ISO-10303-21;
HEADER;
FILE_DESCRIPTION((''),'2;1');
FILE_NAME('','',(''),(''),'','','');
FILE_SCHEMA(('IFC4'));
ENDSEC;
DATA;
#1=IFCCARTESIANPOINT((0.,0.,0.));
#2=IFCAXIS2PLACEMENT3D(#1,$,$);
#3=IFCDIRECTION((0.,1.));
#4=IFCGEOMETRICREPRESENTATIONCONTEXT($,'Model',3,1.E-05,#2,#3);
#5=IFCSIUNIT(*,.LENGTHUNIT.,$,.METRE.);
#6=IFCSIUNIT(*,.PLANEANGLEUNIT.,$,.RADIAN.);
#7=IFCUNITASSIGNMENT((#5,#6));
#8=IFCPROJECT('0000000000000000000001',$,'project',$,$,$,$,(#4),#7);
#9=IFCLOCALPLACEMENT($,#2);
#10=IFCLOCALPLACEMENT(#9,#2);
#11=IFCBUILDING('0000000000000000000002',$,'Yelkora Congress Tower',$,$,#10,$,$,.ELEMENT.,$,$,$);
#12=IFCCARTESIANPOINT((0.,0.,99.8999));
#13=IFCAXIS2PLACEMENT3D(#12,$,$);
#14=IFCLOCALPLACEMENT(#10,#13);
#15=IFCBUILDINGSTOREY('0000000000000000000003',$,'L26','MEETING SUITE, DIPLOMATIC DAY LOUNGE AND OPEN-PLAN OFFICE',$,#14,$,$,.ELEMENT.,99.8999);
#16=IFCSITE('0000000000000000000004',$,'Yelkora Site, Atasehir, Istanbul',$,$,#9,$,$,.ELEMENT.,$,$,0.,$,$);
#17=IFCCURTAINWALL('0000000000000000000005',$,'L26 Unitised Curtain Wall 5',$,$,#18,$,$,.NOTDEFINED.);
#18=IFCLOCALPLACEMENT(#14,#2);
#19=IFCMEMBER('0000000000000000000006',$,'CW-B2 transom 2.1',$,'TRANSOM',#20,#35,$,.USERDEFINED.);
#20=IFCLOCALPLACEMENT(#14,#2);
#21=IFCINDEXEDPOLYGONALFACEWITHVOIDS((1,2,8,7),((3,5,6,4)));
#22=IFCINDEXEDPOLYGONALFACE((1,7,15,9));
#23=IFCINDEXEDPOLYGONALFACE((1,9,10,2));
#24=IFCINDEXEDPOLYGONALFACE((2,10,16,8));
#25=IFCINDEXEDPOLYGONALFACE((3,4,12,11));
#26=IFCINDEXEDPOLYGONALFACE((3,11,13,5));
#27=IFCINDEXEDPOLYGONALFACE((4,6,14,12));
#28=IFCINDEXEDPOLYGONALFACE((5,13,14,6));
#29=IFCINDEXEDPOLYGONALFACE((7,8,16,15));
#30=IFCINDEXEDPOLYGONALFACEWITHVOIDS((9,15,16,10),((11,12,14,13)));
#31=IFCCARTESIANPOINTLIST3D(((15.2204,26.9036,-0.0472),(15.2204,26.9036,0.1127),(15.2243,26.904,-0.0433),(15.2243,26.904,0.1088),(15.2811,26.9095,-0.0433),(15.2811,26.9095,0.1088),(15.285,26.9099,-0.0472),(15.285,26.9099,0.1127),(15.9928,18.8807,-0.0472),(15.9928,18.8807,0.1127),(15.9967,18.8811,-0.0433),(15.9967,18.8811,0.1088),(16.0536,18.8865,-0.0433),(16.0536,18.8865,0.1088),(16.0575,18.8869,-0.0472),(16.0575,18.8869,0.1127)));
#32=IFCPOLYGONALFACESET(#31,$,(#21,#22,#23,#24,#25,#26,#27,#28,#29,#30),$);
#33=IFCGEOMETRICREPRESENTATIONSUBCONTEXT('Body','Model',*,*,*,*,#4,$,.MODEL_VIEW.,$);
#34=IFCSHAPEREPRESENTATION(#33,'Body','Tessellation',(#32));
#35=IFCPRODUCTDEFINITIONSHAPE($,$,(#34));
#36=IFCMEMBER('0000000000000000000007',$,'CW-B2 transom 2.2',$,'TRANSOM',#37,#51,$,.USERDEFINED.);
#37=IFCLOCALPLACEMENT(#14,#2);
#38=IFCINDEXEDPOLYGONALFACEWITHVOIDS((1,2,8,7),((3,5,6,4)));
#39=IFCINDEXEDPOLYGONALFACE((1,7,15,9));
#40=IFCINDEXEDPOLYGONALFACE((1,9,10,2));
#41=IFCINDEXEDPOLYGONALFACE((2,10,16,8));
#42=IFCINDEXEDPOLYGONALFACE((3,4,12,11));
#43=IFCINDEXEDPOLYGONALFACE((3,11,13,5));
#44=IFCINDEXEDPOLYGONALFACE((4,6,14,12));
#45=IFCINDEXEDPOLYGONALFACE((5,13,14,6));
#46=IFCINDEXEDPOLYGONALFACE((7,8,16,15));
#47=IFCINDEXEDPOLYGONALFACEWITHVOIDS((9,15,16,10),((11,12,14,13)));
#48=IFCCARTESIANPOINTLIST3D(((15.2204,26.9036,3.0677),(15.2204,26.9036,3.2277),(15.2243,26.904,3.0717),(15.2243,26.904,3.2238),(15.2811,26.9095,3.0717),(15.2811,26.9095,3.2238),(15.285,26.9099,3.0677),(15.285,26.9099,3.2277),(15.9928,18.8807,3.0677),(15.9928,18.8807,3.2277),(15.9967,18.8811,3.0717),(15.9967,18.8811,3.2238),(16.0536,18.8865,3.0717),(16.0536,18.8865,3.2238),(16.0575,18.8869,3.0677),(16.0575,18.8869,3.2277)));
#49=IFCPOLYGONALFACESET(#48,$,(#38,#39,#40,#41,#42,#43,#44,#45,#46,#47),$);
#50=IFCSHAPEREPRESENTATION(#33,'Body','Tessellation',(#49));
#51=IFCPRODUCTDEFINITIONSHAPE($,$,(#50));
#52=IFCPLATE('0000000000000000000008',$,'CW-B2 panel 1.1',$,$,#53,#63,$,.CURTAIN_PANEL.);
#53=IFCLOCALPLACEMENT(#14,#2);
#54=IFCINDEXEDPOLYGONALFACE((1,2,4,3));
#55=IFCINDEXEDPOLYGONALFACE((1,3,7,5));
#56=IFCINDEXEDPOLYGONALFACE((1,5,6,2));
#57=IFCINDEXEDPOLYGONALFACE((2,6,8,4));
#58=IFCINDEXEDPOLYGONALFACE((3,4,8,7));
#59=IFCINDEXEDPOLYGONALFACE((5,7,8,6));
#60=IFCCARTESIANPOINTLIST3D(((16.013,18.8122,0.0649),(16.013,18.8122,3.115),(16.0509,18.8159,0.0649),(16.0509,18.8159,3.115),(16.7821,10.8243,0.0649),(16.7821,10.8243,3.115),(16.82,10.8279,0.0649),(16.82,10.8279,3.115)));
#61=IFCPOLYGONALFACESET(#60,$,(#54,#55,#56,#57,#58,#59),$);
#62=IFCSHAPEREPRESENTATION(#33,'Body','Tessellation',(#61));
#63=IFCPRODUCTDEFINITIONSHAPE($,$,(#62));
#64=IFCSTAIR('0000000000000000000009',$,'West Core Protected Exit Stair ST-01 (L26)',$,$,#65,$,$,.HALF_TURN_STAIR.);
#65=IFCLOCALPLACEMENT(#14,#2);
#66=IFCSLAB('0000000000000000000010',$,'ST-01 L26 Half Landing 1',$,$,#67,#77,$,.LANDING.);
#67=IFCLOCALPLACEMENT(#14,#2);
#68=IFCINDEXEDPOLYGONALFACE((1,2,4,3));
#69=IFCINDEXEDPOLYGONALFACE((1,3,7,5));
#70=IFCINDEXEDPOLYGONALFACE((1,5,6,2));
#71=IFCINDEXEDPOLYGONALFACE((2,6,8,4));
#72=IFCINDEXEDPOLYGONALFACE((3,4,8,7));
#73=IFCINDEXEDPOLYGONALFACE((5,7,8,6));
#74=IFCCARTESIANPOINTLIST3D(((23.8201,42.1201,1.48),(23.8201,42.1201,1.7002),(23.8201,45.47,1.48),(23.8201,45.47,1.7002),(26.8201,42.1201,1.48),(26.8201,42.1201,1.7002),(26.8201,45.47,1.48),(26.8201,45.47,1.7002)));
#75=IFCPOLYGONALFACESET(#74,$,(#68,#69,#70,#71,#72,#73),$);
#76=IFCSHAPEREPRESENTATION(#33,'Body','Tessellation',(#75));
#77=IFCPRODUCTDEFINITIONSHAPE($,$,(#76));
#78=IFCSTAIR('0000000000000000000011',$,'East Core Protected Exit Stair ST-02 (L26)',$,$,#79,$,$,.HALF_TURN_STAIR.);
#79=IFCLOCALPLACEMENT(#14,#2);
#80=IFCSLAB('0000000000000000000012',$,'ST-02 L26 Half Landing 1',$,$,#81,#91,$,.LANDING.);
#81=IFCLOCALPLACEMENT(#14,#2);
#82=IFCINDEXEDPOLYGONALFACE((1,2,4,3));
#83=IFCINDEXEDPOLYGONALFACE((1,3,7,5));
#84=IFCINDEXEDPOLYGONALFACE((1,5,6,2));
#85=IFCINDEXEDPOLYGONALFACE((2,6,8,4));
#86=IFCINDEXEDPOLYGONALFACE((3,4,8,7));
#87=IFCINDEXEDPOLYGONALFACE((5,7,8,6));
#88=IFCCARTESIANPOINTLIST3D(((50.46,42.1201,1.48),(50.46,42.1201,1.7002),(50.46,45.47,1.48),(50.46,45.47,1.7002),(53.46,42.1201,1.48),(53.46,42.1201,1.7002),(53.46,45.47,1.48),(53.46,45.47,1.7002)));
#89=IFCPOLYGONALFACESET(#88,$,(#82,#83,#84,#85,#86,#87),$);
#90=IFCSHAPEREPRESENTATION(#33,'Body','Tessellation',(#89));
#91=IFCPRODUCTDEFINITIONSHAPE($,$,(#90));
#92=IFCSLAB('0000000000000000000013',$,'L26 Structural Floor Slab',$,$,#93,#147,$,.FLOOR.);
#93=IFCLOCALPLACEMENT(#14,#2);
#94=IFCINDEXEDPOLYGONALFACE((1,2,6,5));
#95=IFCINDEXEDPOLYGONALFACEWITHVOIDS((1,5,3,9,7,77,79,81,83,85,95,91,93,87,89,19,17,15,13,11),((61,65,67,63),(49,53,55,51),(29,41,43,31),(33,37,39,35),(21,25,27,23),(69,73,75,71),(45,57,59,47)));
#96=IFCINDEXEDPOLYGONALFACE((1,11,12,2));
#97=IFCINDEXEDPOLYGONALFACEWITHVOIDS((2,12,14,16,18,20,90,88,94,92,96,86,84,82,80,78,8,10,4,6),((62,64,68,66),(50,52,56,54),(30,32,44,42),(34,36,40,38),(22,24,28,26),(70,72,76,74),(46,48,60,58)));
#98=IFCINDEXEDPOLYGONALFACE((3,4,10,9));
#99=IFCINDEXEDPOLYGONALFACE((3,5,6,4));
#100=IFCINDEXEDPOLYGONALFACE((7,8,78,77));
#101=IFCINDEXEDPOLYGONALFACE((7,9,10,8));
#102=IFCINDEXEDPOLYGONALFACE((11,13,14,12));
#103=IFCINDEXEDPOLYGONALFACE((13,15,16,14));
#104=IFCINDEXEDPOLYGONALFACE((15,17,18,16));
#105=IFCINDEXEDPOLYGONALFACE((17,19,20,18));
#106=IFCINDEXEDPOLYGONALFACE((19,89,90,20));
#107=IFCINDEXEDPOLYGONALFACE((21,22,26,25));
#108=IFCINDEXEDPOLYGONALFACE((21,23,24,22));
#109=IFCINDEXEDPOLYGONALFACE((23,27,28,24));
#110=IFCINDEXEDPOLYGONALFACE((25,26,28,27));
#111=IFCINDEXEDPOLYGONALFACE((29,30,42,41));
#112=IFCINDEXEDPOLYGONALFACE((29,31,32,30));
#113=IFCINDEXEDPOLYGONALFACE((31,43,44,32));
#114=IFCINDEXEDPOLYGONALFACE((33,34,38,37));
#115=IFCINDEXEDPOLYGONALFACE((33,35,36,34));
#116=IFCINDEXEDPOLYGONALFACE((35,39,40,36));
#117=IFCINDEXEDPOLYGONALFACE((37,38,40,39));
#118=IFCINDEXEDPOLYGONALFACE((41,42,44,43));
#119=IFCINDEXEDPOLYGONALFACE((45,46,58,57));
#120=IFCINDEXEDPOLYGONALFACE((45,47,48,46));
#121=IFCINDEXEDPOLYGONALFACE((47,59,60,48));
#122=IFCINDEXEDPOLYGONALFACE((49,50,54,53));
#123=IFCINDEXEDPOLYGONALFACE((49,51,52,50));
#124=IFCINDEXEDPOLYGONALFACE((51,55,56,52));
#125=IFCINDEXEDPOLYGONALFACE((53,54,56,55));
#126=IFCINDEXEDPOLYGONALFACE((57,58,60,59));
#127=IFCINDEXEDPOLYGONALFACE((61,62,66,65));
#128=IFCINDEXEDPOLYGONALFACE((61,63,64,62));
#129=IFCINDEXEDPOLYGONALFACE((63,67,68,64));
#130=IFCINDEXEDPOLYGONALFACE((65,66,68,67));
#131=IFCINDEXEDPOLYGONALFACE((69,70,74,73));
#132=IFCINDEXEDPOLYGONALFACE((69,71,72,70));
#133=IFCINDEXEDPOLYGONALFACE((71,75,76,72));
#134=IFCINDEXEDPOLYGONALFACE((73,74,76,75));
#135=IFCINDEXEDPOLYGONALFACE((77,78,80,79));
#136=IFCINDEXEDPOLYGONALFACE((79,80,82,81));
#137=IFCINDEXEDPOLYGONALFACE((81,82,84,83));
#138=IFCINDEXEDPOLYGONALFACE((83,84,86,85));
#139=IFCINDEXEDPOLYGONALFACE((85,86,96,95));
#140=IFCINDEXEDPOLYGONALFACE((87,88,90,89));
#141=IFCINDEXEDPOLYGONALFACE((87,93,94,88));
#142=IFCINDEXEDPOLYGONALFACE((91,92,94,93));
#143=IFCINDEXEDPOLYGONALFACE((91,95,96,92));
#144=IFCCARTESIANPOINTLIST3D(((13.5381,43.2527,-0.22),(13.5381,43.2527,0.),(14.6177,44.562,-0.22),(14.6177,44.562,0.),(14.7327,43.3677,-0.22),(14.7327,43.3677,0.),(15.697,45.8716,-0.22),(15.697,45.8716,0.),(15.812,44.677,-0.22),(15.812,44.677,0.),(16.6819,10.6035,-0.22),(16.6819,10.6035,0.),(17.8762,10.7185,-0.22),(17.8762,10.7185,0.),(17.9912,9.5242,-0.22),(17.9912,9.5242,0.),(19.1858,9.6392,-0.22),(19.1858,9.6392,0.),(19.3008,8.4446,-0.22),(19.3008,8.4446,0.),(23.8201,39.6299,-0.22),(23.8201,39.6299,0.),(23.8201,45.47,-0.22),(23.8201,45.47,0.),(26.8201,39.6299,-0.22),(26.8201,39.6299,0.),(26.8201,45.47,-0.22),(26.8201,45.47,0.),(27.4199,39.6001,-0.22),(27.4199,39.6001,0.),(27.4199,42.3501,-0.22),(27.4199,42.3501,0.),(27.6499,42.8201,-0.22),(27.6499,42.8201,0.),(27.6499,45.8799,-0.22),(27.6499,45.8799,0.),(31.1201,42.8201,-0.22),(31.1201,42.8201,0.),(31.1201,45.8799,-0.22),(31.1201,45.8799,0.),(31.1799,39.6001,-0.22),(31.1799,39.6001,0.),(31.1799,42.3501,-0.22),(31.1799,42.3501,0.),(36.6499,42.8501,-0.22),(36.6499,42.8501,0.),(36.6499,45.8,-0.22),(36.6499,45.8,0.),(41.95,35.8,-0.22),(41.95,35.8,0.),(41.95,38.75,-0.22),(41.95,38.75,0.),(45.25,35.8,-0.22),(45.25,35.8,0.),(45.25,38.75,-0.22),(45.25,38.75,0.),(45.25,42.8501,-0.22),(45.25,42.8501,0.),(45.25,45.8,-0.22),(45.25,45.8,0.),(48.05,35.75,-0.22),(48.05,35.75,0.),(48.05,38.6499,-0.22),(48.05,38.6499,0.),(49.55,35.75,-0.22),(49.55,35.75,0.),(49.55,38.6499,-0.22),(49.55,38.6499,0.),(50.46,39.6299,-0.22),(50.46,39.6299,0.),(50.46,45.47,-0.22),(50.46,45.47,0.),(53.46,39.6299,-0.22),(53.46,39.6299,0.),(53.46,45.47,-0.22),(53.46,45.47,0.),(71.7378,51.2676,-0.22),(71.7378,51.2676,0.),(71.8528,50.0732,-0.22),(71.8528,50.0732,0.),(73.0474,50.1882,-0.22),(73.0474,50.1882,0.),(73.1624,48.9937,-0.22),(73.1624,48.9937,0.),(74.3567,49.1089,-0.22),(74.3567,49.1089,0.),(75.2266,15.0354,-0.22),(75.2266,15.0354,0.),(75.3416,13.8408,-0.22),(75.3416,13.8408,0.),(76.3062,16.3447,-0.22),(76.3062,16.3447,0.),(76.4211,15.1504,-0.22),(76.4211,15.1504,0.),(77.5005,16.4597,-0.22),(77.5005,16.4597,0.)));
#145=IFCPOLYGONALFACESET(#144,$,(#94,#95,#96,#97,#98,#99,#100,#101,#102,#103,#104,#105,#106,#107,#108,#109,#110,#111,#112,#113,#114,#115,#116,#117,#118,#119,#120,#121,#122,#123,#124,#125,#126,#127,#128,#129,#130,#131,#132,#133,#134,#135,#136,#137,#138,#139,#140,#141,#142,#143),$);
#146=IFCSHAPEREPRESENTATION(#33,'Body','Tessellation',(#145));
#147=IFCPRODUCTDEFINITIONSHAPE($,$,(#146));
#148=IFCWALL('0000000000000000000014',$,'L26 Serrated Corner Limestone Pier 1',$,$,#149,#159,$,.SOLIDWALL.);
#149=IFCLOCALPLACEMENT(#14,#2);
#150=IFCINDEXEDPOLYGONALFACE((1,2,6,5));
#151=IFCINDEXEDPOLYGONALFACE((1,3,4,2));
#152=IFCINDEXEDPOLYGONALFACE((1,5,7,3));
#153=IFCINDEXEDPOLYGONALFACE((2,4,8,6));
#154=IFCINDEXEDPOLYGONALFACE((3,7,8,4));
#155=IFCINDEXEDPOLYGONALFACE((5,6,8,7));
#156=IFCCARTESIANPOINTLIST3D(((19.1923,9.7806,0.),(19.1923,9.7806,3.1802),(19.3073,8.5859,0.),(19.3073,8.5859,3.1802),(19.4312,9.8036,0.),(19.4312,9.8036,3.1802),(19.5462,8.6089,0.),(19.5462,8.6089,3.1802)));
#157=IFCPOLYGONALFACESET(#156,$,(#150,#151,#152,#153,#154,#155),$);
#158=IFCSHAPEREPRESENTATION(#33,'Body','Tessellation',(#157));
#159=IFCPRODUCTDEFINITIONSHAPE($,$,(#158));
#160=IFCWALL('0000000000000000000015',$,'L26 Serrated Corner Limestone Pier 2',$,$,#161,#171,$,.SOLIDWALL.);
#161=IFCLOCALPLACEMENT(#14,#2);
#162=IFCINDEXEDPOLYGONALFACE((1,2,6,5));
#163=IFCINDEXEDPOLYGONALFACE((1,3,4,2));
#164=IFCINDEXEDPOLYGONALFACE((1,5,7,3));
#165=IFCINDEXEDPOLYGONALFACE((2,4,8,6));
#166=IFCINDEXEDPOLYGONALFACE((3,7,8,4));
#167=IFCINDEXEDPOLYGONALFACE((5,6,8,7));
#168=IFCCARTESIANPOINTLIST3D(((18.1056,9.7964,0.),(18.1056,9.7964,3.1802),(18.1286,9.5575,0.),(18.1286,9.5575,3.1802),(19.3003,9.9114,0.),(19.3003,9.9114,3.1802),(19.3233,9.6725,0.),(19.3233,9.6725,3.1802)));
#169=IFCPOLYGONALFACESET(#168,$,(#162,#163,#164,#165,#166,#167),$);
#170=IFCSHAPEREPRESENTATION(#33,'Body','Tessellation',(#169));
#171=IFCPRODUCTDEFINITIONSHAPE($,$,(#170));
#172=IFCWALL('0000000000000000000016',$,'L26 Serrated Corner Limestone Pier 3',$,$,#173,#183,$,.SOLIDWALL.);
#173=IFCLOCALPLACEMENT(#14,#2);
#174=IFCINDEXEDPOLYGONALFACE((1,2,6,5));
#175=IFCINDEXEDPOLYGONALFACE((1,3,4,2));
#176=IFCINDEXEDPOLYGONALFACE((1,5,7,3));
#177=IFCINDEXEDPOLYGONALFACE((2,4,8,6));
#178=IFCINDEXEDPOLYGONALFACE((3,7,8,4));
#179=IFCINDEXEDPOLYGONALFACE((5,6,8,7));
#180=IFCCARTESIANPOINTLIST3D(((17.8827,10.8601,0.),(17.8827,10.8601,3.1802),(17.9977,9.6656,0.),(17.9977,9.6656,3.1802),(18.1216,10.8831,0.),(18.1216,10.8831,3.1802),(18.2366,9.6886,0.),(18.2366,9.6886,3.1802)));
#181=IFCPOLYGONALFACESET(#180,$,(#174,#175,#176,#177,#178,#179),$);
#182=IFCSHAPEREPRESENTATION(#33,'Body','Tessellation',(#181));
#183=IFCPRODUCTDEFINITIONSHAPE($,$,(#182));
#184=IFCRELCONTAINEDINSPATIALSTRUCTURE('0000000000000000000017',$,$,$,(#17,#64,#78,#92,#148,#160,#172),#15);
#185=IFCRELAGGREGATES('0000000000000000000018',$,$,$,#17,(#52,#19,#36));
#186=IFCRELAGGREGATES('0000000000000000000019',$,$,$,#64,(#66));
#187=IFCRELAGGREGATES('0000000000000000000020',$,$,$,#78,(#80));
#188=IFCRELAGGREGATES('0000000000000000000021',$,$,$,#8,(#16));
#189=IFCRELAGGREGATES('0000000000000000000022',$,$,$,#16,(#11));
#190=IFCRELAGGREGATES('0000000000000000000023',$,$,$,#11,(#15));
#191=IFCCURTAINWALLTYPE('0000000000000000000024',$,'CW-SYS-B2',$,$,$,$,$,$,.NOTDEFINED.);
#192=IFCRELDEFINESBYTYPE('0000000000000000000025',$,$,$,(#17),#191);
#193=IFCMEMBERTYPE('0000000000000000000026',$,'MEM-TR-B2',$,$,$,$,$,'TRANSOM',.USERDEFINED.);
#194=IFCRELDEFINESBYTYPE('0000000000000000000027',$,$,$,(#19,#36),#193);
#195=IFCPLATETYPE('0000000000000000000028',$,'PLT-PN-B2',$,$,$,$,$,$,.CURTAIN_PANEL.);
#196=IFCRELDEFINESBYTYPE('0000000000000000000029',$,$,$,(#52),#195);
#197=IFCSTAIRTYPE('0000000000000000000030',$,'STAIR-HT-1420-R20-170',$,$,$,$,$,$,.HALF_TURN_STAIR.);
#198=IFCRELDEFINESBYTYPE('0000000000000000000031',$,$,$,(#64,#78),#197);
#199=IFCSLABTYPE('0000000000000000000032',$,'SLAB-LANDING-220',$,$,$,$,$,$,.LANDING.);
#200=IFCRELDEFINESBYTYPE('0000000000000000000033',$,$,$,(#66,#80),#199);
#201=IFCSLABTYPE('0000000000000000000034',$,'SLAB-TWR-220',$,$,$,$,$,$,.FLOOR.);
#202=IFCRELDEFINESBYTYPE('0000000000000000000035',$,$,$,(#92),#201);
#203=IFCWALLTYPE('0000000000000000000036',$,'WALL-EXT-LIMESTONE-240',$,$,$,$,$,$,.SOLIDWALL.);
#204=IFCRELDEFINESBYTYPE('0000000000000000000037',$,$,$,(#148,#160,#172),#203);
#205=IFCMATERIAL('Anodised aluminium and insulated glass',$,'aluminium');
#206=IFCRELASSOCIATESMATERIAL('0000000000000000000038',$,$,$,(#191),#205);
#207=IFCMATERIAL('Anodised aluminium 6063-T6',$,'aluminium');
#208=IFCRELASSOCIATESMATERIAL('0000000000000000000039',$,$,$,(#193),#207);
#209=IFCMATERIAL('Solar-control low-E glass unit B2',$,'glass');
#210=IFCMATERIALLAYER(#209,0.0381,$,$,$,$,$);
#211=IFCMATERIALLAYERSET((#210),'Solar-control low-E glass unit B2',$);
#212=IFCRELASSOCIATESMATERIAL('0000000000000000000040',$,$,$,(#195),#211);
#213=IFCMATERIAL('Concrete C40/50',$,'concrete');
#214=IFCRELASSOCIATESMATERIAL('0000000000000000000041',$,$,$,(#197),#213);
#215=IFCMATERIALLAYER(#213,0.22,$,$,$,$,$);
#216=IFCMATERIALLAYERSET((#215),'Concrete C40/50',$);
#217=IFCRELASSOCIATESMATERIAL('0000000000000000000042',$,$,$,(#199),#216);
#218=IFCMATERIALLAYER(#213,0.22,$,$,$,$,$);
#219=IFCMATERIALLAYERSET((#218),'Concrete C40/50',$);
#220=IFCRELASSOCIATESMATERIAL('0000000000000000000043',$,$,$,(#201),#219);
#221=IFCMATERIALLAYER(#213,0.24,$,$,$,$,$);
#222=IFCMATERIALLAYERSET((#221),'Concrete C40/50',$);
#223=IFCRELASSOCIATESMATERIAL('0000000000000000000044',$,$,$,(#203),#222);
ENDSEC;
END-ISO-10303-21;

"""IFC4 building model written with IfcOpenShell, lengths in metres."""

from ifc_helpers import new_model, si_unit, direction, frame, frame_2d, origin, origin_2d, place, context, subcontext, project, spatial, polyline, rectangle, hollow_rectangle, outline, extrude, material, layer, layer_set, material_profile, profile_set, type_object, element, aggregate, save


model = new_model("IFC4")

# Units and contexts
model_context = context("Model", 3, precision=1e-05, world=origin(), true_north=direction((0.0, 1.0)))
body_context = subcontext(model_context, "Body", "Model", "MODEL_VIEW")
ifc_project = project(units=[si_unit("LENGTHUNIT", "METRE"), si_unit("PLANEANGLEUNIT", "RADIAN")], contexts=[model_context])

# Site, building, storey
site_placement = place(None, origin())
site = spatial("IfcSite", under=ifc_project, at=site_placement, Name="Yelkora Site, Atasehir, Istanbul", CompositionType="ELEMENT", RefElevation=0.0)
building_placement = place(site_placement, origin())
building = spatial("IfcBuilding", under=site, at=building_placement, Name="Yelkora Congress Tower", CompositionType="ELEMENT")
storey_placement = place(building_placement, frame((0.0, 0.0, 99.8999)))
storey = spatial("IfcBuildingStorey", under=building, at=storey_placement, Name="L26", Description="MEETING SUITE, DIPLOMATIC DAY LOUNGE AND OPEN-PLAN OFFICE", CompositionType="ELEMENT", Elevation=99.8999)

# Curtain wall
ifc_material_1 = material(Name="Anodised aluminium and insulated glass", Category="aluminium")
curtain_wall_type = type_object("IfcCurtainWallType", Name="CW-SYS-B2", PredefinedType="NOTDEFINED", material=ifc_material_1)
curtain_wall_1_placement = place(storey_placement, origin())
curtain_wall_1 = element("IfcCurtainWall", 1, at=curtain_wall_1_placement, inside=storey, type_object=curtain_wall_type, Name="L26 Unitised Curtain Wall 5", PredefinedType="NOTDEFINED")
ifc_material_2 = material(Name="Anodised aluminium 6063-T6", Category="aluminium")

# Members
ifc_material_profile_1 = material_profile(ifc_material_2, hollow_rectangle(XDim=0.0649, YDim=0.1599, WallThickness=0.0039, at=origin_2d()), Name="ALU 65x160x4")
ifc_profile_set_1 = profile_set([ifc_material_profile_1], Name="Anodised aluminium 6063-T6")
member_type_1 = type_object("IfcMemberType", Name="MEM-TR-B2", ElementType="TRANSOM", PredefinedType="USERDEFINED", material=ifc_profile_set_1)
member_1_placement = place(storey_placement, frame((16.0251, 18.8838, 0.0327), z_axis=(-0.095838, 0.995397, 0.0), x_axis=(-0.995397, -0.095838, 0.0)))
member_1 = element("IfcMember", 2, at=member_1_placement, type_object=member_type_1, Name="CW-B2 transom 2.1", ObjectType="TRANSOM", PredefinedType="USERDEFINED", context=body_context, shape_type="SweptSolid", body=[
    extrude(hollow_rectangle(XDim=0.0649, YDim=0.1599, WallThickness=0.0039, at=origin_2d()), origin(), (0.0, 0.0, 1.0), 8.0601),
])
member_2_placement = place(storey_placement, frame((16.0251, 18.8838, 3.1477), z_axis=(-0.095838, 0.995397, 0.0), x_axis=(-0.995397, -0.095838, 0.0)))
member_2 = element("IfcMember", 3, at=member_2_placement, type_object=member_type_1, Name="CW-B2 transom 2.2", ObjectType="TRANSOM", PredefinedType="USERDEFINED", context=body_context, shape_type="SweptSolid", body=[
    extrude(hollow_rectangle(XDim=0.0649, YDim=0.1599, WallThickness=0.0039, at=origin_2d()), origin(), (0.0, 0.0, 1.0), 8.0601),
])

# Plate
ifc_material_3 = material(Name="Solar-control low-E glass unit B2", Category="glass")
ifc_layer_1 = layer(ifc_material_3, 0.0381)
ifc_layer_set_1 = layer_set([ifc_layer_1], Name="Solar-control low-E glass unit B2")
plate_type = type_object("IfcPlateType", Name="PLT-PN-B2", PredefinedType="CURTAIN_PANEL", material=ifc_layer_set_1)
plate_placement = place(storey_placement, frame((16.4165, 14.8201, 0.0649), z_axis=(0.0, 0.0, 1.0), x_axis=(-0.095843, 0.995397, 0.0)))
plate = element("IfcPlate", 4, at=plate_placement, type_object=plate_type, Name="CW-B2 panel 1.1", PredefinedType="CURTAIN_PANEL", context=body_context, shape_type="SweptSolid", body=[
    extrude(rectangle(XDim=8.0249, YDim=0.0381, at=origin_2d()), origin(), (0.0, 0.0, 1.0), 3.05),
])
aggregate(curtain_wall_1, [plate, member_1, member_2])

# Stairs, slabs
ifc_material_4 = material(Name="Concrete C40/50", Category="concrete")
stair_type = type_object("IfcStairType", Name="STAIR-HT-1420-R20-170", PredefinedType="HALF_TURN_STAIR", material=ifc_material_4)
stair_1_placement = place(storey_placement, origin())
stair_1 = element("IfcStair", 5, at=stair_1_placement, inside=storey, type_object=stair_type, Name="West Core Protected Exit Stair ST-01 (L26)", PredefinedType="HALF_TURN_STAIR")
ifc_layer_2 = layer(ifc_material_4, 0.22)
ifc_layer_set_2 = layer_set([ifc_layer_2], Name="Concrete C40/50")
slab_type_1 = type_object("IfcSlabType", Name="SLAB-LANDING-220", PredefinedType="LANDING", material=ifc_layer_set_2)
slab_1_placement = place(storey_placement, frame((0.0, 0.0, 1.48)))
slab_1 = element("IfcSlab", 6, at=slab_1_placement, type_object=slab_type_1, Name="ST-01 L26 Half Landing 1", PredefinedType="LANDING", context=body_context, shape_type="SweptSolid", body=[
    extrude(outline(polyline([(26.8201, 42.1201), (26.8201, 45.47), (23.8201, 45.47), (23.8201, 42.1201), (26.8201, 42.1201)])), origin(), (0.0, 0.0, 1.0), 0.2202),
])
aggregate(stair_1, [slab_1])
stair_2_placement = place(storey_placement, origin())
stair_2 = element("IfcStair", 7, at=stair_2_placement, inside=storey, type_object=stair_type, Name="East Core Protected Exit Stair ST-02 (L26)", PredefinedType="HALF_TURN_STAIR")
slab_2_placement = place(storey_placement, frame((0.0, 0.0, 1.48)))
slab_2 = element("IfcSlab", 8, at=slab_2_placement, type_object=slab_type_1, Name="ST-02 L26 Half Landing 1", PredefinedType="LANDING", context=body_context, shape_type="SweptSolid", body=[
    extrude(outline(polyline([(53.46, 42.1201), (53.46, 45.47), (50.46, 45.47), (50.46, 42.1201), (53.46, 42.1201)])), origin(), (0.0, 0.0, 1.0), 0.2202),
])
aggregate(stair_2, [slab_2])

# Slab
ifc_layer_3 = layer(ifc_material_4, 0.22)
ifc_layer_set_3 = layer_set([ifc_layer_3], Name="Concrete C40/50")
slab_type_2 = type_object("IfcSlabType", Name="SLAB-TWR-220", PredefinedType="FLOOR", material=ifc_layer_set_3)
slab_3_placement = place(storey_placement, frame((0.0, 0.0, -0.22)))
element("IfcSlab", 9, at=slab_3_placement, inside=storey, type_object=slab_type_2, Name="L26 Structural Floor Slab", PredefinedType="FLOOR", context=body_context, shape_type="SweptSolid", body=[
    extrude(outline(polyline([(19.3008, 8.4446), (75.3416, 13.8408), (75.2266, 15.0354), (76.4211, 15.1504), (76.3062, 16.3447), (77.5005, 16.4597), (74.3567, 49.1089), (73.1624, 48.9937), (73.0474, 50.1882), (71.8528, 50.0732), (71.7378, 51.2676), (15.697, 45.8716), (15.812, 44.677), (14.6177, 44.562), (14.7327, 43.3677), (13.5381, 43.2527), (16.6819, 10.6035), (17.8762, 10.7185), (17.9912, 9.5242), (19.1858, 9.6392), (19.3008, 8.4446)]), holes=[polyline([(23.8201, 39.6299), (26.8201, 39.6299), (26.8201, 45.47), (23.8201, 45.47), (23.8201, 39.6299)]), polyline([(50.46, 39.6299), (53.46, 39.6299), (53.46, 45.47), (50.46, 45.47), (50.46, 39.6299)]), polyline([(48.05, 35.75), (49.55, 35.75), (49.55, 38.6499), (48.05, 38.6499), (48.05, 35.75)]), polyline([(36.6499, 42.8501), (45.25, 42.8501), (45.25, 45.8), (36.6499, 45.8), (36.6499, 42.8501)]), polyline([(41.95, 35.8), (45.25, 35.8), (45.25, 38.75), (41.95, 38.75), (41.95, 35.8)]), polyline([(27.4199, 39.6001), (31.1799, 39.6001), (31.1799, 42.3501), (27.4199, 42.3501), (27.4199, 39.6001)]), polyline([(27.6499, 42.8201), (31.1201, 42.8201), (31.1201, 45.8799), (27.6499, 45.8799), (27.6499, 42.8201)])]), origin(), (0.0, 0.0, 1.0), 0.22),
])

# Walls
ifc_layer_4 = layer(ifc_material_4, 0.24)
ifc_layer_set_4 = layer_set([ifc_layer_4], Name="Concrete C40/50")
wall_type = type_object("IfcWallType", Name="WALL-EXT-LIMESTONE-240", PredefinedType="SOLIDWALL", material=ifc_layer_set_4)
for number, where, z_axis, x_axis, name in (
    (10, (19.4268, 8.5974, 0.0), (0.0, 0.0, 1.0), (-0.095817, 0.995399, 0.0), "L26 Serrated Corner Limestone Pier 1"),
    (11, (19.3118, 9.792, 0.0), (0.0, 0.0, 1.0), (-0.995399, -0.095817, 0.0), "L26 Serrated Corner Limestone Pier 2"),
):
    element("IfcWall", number, at=place(storey_placement, frame(where, z_axis=z_axis, x_axis=x_axis)), inside=storey, type_object=wall_type, Name=name, PredefinedType="SOLIDWALL", context=body_context, shape_type="SweptSolid", body=[
        extrude(rectangle(XDim=1.2002, YDim=0.24, at=frame_2d((0.6001, 0.0))), origin(), (0.0, 0.0, 1.0), 3.1802),
    ])
wall_1_placement = place(storey_placement, frame((18.1172, 9.677, 0.0), z_axis=(0.0, 0.0, 1.0), x_axis=(-0.095836, 0.995397, 0.0)))
element("IfcWall", 12, at=wall_1_placement, inside=storey, type_object=wall_type, Name="L26 Serrated Corner Limestone Pier 3", PredefinedType="SOLIDWALL", context=body_context, shape_type="SweptSolid", body=[
    extrude(rectangle(XDim=1.2, YDim=0.24, at=frame_2d((0.6001, 0.0))), origin(), (0.0, 0.0, 1.0), 3.1802),
])

save(model, "model.ifc")
